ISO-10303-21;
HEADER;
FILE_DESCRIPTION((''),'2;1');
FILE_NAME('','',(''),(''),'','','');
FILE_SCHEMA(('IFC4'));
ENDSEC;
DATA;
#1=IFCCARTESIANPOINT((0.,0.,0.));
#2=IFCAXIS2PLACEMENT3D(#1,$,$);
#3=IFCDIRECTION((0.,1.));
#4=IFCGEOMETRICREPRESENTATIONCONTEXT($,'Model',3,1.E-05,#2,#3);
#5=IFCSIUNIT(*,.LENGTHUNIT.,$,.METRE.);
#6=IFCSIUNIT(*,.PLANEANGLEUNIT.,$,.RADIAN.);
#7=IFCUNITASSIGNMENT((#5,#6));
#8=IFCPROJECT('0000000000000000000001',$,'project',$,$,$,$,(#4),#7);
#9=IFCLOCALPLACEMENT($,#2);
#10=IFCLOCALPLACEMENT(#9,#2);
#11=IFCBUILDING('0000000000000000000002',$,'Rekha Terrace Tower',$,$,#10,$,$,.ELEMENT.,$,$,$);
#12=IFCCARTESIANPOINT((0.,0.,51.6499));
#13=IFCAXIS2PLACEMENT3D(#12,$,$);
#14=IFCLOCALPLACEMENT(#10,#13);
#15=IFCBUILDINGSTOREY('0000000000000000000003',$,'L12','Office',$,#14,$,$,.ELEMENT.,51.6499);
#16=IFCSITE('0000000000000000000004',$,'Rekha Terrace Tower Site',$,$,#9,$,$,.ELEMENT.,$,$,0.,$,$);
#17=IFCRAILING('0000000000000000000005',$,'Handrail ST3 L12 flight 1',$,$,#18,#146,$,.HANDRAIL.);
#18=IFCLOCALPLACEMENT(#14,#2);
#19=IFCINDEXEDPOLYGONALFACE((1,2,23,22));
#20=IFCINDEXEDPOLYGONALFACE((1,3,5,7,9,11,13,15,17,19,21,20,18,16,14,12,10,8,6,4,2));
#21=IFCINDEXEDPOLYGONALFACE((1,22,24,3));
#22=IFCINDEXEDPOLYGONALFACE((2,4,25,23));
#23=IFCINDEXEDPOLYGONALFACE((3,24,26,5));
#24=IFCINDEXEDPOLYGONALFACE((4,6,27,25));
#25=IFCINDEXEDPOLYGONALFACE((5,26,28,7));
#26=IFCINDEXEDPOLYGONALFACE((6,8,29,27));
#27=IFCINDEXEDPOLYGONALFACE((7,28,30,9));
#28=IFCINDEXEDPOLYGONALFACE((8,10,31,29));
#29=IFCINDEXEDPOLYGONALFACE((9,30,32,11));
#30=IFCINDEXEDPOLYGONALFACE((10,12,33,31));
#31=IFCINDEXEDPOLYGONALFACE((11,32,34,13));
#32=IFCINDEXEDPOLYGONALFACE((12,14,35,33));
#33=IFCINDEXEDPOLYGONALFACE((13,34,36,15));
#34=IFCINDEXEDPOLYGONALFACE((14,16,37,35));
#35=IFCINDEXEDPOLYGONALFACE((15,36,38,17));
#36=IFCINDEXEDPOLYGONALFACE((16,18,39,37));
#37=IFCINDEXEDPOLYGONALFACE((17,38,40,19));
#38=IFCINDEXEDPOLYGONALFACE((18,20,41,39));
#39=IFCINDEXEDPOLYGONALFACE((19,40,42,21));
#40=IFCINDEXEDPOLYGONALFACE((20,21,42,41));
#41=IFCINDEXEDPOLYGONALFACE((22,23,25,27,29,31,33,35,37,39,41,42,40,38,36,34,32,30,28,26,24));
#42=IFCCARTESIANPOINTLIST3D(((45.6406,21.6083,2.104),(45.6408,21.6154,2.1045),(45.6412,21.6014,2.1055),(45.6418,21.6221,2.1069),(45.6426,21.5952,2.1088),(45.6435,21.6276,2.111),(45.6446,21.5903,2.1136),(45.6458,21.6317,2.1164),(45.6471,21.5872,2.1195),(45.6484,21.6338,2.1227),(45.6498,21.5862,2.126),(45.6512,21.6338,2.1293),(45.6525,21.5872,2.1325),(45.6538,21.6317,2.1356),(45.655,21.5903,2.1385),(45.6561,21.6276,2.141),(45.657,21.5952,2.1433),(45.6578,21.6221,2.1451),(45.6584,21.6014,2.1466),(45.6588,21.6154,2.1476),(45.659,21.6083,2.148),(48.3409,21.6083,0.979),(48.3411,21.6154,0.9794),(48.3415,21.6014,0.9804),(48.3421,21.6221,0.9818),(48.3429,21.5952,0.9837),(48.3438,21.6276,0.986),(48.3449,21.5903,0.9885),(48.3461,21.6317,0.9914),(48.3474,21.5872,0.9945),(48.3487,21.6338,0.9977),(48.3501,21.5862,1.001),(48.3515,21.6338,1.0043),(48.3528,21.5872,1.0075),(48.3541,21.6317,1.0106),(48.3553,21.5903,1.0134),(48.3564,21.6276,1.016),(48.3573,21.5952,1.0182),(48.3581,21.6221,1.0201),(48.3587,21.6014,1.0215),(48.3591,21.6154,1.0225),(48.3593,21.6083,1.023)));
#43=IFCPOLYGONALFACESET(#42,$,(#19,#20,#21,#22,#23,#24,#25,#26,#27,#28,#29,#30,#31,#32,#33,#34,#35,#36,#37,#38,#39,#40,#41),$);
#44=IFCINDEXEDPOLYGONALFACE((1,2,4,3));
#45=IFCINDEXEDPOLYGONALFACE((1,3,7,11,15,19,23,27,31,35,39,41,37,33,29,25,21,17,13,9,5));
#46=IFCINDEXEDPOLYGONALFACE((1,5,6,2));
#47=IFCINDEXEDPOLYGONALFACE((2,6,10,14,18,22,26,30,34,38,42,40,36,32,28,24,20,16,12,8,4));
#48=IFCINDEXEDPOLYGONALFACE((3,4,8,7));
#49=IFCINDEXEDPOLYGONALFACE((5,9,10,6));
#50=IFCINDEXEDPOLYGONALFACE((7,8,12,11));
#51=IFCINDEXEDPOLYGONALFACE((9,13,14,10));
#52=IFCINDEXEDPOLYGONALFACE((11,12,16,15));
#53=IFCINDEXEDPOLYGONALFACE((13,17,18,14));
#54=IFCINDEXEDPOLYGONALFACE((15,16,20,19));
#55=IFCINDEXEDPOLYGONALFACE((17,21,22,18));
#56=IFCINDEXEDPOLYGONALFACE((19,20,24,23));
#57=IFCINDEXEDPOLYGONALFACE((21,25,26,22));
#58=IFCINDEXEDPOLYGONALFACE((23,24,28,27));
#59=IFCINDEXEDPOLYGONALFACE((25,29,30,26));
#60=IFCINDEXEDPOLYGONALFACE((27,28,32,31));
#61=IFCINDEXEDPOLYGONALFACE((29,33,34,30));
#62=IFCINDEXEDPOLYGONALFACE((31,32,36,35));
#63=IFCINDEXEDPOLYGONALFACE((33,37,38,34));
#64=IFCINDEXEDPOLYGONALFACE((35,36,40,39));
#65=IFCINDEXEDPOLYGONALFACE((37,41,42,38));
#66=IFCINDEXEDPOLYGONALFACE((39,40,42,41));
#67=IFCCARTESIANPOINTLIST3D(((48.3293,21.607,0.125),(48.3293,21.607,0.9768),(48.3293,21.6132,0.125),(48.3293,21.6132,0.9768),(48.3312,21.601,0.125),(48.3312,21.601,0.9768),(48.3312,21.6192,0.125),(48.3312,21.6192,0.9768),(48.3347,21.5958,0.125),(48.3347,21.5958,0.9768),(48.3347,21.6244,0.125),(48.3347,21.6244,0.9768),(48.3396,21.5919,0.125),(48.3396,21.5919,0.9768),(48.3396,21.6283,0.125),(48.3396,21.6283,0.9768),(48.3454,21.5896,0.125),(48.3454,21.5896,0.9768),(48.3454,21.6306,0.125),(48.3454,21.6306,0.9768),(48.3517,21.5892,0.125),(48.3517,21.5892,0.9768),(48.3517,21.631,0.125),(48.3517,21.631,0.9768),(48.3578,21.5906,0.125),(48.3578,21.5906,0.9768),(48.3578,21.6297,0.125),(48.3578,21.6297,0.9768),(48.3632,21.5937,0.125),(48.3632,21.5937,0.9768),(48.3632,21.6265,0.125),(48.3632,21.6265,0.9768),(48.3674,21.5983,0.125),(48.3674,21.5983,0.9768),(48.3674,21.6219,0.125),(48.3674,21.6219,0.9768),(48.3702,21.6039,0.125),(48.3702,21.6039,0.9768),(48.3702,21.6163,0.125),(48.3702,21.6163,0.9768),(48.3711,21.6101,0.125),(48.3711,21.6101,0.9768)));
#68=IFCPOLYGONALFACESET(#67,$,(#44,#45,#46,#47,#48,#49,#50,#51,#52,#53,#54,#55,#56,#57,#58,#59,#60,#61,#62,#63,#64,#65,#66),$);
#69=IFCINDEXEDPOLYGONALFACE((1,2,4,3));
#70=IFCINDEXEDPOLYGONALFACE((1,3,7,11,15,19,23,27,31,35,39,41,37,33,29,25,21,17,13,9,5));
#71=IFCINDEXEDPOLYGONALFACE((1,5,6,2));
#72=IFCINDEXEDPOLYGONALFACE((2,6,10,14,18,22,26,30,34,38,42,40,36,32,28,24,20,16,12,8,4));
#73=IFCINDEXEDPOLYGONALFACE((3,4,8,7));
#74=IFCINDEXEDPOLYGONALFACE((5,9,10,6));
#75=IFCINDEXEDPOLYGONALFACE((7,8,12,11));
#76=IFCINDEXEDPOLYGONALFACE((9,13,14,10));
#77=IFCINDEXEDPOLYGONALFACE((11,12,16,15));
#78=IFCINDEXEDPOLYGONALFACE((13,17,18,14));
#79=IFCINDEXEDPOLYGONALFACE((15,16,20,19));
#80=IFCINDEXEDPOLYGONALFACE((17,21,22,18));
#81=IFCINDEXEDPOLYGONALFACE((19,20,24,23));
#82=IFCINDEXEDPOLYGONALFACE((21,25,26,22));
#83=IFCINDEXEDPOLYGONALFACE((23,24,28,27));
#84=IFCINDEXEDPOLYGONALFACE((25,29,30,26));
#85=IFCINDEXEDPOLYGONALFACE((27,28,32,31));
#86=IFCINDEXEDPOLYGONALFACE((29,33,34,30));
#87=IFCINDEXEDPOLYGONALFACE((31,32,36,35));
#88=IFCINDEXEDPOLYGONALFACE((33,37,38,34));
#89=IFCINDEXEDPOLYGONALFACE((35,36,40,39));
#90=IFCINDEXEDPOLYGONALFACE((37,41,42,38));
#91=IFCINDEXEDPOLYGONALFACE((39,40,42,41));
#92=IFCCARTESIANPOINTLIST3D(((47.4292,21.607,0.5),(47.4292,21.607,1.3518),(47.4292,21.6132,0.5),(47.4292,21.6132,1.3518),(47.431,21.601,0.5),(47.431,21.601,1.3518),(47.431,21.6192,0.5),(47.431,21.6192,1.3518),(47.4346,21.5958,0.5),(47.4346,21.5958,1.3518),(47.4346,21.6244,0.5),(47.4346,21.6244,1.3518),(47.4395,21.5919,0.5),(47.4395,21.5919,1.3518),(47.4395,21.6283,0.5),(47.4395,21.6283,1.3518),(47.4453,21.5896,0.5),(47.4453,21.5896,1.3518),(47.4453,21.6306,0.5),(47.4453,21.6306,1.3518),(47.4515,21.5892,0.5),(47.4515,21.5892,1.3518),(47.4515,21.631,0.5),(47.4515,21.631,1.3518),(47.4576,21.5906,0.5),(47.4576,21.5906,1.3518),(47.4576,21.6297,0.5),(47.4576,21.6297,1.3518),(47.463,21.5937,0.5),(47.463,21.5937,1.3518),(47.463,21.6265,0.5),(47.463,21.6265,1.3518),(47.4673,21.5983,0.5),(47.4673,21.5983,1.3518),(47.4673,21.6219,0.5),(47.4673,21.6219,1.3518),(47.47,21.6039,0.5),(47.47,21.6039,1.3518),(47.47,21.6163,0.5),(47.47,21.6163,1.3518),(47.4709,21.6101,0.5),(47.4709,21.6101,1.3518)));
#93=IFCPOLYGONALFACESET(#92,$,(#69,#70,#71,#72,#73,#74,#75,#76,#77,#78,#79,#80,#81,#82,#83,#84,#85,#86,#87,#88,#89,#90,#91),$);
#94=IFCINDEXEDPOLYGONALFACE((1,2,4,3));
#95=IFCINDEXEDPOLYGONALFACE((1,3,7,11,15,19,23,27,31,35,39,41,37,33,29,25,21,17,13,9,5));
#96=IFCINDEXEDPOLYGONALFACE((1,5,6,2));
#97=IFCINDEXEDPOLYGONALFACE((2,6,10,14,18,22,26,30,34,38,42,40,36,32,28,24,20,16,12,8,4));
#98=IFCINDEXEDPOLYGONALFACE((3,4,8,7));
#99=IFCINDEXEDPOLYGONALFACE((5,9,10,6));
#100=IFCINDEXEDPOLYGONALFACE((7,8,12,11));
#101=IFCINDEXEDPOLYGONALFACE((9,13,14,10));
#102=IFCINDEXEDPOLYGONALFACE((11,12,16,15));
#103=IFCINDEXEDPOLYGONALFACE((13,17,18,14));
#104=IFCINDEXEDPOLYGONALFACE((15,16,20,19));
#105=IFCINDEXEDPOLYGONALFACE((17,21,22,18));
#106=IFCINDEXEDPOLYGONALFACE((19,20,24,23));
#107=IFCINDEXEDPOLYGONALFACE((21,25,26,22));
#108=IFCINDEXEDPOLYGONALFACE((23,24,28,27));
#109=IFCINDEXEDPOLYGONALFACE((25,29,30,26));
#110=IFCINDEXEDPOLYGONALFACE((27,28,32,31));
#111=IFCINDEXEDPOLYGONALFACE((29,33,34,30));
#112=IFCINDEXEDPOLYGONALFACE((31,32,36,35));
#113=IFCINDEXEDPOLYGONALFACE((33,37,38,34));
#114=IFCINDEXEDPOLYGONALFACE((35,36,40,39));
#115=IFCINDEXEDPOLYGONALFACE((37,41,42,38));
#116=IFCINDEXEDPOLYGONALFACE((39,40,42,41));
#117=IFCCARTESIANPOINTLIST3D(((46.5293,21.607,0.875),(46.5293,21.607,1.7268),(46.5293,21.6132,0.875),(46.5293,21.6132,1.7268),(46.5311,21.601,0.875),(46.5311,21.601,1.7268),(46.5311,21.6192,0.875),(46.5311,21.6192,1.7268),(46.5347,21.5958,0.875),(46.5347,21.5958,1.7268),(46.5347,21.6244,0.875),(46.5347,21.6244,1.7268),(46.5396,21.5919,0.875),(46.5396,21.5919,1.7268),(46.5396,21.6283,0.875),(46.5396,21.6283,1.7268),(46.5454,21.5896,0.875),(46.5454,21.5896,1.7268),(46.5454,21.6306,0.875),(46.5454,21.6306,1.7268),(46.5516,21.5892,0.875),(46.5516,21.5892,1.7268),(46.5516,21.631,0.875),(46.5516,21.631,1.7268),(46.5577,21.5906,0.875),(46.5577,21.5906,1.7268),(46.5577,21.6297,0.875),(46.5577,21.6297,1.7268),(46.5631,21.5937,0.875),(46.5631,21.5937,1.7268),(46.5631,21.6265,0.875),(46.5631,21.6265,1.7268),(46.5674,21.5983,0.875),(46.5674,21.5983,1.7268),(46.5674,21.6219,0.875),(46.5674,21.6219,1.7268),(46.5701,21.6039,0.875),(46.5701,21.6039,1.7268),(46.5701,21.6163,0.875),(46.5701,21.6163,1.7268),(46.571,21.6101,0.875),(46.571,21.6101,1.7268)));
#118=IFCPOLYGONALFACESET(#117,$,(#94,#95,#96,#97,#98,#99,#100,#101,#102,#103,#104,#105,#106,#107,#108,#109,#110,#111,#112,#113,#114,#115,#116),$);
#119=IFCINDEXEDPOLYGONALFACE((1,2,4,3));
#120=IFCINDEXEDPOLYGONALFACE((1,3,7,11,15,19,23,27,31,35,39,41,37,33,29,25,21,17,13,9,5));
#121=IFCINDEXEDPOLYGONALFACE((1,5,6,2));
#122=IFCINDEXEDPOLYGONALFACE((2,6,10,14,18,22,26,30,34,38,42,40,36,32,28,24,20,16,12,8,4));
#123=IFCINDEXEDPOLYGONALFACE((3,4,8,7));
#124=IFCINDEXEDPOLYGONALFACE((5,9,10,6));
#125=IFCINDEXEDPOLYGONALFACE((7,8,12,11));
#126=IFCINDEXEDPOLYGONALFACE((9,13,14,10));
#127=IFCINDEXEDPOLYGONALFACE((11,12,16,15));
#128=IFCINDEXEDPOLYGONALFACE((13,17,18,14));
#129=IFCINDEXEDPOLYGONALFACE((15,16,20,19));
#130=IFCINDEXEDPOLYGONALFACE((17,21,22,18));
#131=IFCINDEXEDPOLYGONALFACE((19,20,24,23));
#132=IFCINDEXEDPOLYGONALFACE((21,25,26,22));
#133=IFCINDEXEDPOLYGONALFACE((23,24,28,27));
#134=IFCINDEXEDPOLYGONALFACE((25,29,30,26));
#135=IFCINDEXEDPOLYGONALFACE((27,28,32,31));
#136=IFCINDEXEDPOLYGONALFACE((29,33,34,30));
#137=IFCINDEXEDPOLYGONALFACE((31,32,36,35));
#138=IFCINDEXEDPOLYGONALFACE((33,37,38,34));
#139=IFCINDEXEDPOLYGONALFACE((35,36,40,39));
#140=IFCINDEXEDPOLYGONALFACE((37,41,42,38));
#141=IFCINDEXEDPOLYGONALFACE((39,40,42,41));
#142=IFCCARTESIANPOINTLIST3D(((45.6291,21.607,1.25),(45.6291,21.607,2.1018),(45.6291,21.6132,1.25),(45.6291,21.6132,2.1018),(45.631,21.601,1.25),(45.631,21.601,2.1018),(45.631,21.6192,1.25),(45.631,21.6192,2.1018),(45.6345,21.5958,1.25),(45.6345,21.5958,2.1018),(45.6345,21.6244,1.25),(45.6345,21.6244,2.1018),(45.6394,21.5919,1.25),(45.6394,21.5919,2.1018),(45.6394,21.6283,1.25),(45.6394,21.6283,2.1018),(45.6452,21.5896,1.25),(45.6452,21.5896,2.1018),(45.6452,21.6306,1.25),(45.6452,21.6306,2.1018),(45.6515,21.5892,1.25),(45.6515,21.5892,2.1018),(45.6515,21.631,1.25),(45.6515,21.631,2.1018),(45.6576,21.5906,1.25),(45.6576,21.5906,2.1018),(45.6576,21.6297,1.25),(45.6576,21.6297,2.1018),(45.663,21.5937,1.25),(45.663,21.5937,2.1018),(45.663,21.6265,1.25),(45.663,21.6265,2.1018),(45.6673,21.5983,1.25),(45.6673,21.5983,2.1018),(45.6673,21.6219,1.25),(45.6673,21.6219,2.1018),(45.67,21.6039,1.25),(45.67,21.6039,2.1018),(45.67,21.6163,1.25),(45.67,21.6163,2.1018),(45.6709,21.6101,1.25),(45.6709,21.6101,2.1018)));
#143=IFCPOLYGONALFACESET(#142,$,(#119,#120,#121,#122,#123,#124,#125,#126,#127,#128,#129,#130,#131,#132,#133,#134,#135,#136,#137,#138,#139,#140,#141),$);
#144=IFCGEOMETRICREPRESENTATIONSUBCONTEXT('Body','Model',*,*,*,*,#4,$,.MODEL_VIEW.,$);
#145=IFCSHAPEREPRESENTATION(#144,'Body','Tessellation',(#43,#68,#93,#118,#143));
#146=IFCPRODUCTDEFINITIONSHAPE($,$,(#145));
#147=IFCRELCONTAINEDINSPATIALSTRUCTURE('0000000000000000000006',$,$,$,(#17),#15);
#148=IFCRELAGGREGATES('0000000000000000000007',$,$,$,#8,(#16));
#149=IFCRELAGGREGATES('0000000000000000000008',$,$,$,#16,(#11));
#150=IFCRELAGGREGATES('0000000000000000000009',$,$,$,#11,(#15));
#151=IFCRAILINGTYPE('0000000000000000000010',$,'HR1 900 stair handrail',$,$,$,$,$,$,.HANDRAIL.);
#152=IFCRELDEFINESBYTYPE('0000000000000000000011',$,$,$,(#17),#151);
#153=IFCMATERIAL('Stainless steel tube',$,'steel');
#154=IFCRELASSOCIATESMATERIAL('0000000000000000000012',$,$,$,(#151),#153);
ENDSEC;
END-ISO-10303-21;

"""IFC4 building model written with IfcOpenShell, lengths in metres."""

from ifc_helpers import new_model, si_unit, direction, frame, origin, origin_2d, place, context, subcontext, project, spatial, circle, extrude, material, type_object, element, save


model = new_model("IFC4")

# Units and contexts
model_context = context("Model", 3, precision=1e-05, world=origin(), true_north=direction((0.0, 1.0)))
body_context = subcontext(model_context, "Body", "Model", "MODEL_VIEW")
ifc_project = project(units=[si_unit("LENGTHUNIT", "METRE"), si_unit("PLANEANGLEUNIT", "RADIAN")], contexts=[model_context])

# Site, building, storey
site_placement = place(None, origin())
site = spatial("IfcSite", under=ifc_project, at=site_placement, Name="Rekha Terrace Tower Site", CompositionType="ELEMENT", RefElevation=0.0)
building_placement = place(site_placement, origin())
building = spatial("IfcBuilding", under=site, at=building_placement, Name="Rekha Terrace Tower", CompositionType="ELEMENT")
storey_placement = place(building_placement, frame((0.0, 0.0, 51.6499)))
storey = spatial("IfcBuildingStorey", under=building, at=storey_placement, Name="L12", Description="Office", CompositionType="ELEMENT", Elevation=51.6499)

# Railing
ifc_material_1 = material(Name="Stainless steel tube", Category="steel")
railing_type_1 = type_object("IfcRailingType", Name="HR1 900 stair handrail", PredefinedType="HANDRAIL", material=ifc_material_1)
railing_1_placement = place(storey_placement, frame((48.3501, 21.6101, 0.125)))
element("IfcRailing", 1, at=railing_1_placement, inside=storey, type_object=railing_type_1, Name="Handrail ST3 L12 flight 1", PredefinedType="HANDRAIL", context=body_context, shape_type="SweptSolid", body=[
    extrude(circle(Radius=0.0239, at=origin_2d()), frame((0.0, 0.0, 0.876), z_axis=(-0.923087, 0.0, 0.384592), x_axis=(0.0, -1.0, 0.0)), (0.0, 0.0, 1.0), 2.9253),
    extrude(circle(Radius=0.021, at=origin_2d()), origin(), (0.0, 0.0, 1.0), 0.8518),
    extrude(circle(Radius=0.021, at=origin_2d()), frame((-0.9001, 0.0, 0.375)), (0.0, 0.0, 1.0), 0.8518),
    extrude(circle(Radius=0.021, at=origin_2d()), frame((-1.8, 0.0, 0.75)), (0.0, 0.0, 1.0), 0.8518),
    extrude(circle(Radius=0.021, at=origin_2d()), frame((-2.7002, 0.0, 1.125)), (0.0, 0.0, 1.0), 0.8518),
])

save(model, "model.ifc")
